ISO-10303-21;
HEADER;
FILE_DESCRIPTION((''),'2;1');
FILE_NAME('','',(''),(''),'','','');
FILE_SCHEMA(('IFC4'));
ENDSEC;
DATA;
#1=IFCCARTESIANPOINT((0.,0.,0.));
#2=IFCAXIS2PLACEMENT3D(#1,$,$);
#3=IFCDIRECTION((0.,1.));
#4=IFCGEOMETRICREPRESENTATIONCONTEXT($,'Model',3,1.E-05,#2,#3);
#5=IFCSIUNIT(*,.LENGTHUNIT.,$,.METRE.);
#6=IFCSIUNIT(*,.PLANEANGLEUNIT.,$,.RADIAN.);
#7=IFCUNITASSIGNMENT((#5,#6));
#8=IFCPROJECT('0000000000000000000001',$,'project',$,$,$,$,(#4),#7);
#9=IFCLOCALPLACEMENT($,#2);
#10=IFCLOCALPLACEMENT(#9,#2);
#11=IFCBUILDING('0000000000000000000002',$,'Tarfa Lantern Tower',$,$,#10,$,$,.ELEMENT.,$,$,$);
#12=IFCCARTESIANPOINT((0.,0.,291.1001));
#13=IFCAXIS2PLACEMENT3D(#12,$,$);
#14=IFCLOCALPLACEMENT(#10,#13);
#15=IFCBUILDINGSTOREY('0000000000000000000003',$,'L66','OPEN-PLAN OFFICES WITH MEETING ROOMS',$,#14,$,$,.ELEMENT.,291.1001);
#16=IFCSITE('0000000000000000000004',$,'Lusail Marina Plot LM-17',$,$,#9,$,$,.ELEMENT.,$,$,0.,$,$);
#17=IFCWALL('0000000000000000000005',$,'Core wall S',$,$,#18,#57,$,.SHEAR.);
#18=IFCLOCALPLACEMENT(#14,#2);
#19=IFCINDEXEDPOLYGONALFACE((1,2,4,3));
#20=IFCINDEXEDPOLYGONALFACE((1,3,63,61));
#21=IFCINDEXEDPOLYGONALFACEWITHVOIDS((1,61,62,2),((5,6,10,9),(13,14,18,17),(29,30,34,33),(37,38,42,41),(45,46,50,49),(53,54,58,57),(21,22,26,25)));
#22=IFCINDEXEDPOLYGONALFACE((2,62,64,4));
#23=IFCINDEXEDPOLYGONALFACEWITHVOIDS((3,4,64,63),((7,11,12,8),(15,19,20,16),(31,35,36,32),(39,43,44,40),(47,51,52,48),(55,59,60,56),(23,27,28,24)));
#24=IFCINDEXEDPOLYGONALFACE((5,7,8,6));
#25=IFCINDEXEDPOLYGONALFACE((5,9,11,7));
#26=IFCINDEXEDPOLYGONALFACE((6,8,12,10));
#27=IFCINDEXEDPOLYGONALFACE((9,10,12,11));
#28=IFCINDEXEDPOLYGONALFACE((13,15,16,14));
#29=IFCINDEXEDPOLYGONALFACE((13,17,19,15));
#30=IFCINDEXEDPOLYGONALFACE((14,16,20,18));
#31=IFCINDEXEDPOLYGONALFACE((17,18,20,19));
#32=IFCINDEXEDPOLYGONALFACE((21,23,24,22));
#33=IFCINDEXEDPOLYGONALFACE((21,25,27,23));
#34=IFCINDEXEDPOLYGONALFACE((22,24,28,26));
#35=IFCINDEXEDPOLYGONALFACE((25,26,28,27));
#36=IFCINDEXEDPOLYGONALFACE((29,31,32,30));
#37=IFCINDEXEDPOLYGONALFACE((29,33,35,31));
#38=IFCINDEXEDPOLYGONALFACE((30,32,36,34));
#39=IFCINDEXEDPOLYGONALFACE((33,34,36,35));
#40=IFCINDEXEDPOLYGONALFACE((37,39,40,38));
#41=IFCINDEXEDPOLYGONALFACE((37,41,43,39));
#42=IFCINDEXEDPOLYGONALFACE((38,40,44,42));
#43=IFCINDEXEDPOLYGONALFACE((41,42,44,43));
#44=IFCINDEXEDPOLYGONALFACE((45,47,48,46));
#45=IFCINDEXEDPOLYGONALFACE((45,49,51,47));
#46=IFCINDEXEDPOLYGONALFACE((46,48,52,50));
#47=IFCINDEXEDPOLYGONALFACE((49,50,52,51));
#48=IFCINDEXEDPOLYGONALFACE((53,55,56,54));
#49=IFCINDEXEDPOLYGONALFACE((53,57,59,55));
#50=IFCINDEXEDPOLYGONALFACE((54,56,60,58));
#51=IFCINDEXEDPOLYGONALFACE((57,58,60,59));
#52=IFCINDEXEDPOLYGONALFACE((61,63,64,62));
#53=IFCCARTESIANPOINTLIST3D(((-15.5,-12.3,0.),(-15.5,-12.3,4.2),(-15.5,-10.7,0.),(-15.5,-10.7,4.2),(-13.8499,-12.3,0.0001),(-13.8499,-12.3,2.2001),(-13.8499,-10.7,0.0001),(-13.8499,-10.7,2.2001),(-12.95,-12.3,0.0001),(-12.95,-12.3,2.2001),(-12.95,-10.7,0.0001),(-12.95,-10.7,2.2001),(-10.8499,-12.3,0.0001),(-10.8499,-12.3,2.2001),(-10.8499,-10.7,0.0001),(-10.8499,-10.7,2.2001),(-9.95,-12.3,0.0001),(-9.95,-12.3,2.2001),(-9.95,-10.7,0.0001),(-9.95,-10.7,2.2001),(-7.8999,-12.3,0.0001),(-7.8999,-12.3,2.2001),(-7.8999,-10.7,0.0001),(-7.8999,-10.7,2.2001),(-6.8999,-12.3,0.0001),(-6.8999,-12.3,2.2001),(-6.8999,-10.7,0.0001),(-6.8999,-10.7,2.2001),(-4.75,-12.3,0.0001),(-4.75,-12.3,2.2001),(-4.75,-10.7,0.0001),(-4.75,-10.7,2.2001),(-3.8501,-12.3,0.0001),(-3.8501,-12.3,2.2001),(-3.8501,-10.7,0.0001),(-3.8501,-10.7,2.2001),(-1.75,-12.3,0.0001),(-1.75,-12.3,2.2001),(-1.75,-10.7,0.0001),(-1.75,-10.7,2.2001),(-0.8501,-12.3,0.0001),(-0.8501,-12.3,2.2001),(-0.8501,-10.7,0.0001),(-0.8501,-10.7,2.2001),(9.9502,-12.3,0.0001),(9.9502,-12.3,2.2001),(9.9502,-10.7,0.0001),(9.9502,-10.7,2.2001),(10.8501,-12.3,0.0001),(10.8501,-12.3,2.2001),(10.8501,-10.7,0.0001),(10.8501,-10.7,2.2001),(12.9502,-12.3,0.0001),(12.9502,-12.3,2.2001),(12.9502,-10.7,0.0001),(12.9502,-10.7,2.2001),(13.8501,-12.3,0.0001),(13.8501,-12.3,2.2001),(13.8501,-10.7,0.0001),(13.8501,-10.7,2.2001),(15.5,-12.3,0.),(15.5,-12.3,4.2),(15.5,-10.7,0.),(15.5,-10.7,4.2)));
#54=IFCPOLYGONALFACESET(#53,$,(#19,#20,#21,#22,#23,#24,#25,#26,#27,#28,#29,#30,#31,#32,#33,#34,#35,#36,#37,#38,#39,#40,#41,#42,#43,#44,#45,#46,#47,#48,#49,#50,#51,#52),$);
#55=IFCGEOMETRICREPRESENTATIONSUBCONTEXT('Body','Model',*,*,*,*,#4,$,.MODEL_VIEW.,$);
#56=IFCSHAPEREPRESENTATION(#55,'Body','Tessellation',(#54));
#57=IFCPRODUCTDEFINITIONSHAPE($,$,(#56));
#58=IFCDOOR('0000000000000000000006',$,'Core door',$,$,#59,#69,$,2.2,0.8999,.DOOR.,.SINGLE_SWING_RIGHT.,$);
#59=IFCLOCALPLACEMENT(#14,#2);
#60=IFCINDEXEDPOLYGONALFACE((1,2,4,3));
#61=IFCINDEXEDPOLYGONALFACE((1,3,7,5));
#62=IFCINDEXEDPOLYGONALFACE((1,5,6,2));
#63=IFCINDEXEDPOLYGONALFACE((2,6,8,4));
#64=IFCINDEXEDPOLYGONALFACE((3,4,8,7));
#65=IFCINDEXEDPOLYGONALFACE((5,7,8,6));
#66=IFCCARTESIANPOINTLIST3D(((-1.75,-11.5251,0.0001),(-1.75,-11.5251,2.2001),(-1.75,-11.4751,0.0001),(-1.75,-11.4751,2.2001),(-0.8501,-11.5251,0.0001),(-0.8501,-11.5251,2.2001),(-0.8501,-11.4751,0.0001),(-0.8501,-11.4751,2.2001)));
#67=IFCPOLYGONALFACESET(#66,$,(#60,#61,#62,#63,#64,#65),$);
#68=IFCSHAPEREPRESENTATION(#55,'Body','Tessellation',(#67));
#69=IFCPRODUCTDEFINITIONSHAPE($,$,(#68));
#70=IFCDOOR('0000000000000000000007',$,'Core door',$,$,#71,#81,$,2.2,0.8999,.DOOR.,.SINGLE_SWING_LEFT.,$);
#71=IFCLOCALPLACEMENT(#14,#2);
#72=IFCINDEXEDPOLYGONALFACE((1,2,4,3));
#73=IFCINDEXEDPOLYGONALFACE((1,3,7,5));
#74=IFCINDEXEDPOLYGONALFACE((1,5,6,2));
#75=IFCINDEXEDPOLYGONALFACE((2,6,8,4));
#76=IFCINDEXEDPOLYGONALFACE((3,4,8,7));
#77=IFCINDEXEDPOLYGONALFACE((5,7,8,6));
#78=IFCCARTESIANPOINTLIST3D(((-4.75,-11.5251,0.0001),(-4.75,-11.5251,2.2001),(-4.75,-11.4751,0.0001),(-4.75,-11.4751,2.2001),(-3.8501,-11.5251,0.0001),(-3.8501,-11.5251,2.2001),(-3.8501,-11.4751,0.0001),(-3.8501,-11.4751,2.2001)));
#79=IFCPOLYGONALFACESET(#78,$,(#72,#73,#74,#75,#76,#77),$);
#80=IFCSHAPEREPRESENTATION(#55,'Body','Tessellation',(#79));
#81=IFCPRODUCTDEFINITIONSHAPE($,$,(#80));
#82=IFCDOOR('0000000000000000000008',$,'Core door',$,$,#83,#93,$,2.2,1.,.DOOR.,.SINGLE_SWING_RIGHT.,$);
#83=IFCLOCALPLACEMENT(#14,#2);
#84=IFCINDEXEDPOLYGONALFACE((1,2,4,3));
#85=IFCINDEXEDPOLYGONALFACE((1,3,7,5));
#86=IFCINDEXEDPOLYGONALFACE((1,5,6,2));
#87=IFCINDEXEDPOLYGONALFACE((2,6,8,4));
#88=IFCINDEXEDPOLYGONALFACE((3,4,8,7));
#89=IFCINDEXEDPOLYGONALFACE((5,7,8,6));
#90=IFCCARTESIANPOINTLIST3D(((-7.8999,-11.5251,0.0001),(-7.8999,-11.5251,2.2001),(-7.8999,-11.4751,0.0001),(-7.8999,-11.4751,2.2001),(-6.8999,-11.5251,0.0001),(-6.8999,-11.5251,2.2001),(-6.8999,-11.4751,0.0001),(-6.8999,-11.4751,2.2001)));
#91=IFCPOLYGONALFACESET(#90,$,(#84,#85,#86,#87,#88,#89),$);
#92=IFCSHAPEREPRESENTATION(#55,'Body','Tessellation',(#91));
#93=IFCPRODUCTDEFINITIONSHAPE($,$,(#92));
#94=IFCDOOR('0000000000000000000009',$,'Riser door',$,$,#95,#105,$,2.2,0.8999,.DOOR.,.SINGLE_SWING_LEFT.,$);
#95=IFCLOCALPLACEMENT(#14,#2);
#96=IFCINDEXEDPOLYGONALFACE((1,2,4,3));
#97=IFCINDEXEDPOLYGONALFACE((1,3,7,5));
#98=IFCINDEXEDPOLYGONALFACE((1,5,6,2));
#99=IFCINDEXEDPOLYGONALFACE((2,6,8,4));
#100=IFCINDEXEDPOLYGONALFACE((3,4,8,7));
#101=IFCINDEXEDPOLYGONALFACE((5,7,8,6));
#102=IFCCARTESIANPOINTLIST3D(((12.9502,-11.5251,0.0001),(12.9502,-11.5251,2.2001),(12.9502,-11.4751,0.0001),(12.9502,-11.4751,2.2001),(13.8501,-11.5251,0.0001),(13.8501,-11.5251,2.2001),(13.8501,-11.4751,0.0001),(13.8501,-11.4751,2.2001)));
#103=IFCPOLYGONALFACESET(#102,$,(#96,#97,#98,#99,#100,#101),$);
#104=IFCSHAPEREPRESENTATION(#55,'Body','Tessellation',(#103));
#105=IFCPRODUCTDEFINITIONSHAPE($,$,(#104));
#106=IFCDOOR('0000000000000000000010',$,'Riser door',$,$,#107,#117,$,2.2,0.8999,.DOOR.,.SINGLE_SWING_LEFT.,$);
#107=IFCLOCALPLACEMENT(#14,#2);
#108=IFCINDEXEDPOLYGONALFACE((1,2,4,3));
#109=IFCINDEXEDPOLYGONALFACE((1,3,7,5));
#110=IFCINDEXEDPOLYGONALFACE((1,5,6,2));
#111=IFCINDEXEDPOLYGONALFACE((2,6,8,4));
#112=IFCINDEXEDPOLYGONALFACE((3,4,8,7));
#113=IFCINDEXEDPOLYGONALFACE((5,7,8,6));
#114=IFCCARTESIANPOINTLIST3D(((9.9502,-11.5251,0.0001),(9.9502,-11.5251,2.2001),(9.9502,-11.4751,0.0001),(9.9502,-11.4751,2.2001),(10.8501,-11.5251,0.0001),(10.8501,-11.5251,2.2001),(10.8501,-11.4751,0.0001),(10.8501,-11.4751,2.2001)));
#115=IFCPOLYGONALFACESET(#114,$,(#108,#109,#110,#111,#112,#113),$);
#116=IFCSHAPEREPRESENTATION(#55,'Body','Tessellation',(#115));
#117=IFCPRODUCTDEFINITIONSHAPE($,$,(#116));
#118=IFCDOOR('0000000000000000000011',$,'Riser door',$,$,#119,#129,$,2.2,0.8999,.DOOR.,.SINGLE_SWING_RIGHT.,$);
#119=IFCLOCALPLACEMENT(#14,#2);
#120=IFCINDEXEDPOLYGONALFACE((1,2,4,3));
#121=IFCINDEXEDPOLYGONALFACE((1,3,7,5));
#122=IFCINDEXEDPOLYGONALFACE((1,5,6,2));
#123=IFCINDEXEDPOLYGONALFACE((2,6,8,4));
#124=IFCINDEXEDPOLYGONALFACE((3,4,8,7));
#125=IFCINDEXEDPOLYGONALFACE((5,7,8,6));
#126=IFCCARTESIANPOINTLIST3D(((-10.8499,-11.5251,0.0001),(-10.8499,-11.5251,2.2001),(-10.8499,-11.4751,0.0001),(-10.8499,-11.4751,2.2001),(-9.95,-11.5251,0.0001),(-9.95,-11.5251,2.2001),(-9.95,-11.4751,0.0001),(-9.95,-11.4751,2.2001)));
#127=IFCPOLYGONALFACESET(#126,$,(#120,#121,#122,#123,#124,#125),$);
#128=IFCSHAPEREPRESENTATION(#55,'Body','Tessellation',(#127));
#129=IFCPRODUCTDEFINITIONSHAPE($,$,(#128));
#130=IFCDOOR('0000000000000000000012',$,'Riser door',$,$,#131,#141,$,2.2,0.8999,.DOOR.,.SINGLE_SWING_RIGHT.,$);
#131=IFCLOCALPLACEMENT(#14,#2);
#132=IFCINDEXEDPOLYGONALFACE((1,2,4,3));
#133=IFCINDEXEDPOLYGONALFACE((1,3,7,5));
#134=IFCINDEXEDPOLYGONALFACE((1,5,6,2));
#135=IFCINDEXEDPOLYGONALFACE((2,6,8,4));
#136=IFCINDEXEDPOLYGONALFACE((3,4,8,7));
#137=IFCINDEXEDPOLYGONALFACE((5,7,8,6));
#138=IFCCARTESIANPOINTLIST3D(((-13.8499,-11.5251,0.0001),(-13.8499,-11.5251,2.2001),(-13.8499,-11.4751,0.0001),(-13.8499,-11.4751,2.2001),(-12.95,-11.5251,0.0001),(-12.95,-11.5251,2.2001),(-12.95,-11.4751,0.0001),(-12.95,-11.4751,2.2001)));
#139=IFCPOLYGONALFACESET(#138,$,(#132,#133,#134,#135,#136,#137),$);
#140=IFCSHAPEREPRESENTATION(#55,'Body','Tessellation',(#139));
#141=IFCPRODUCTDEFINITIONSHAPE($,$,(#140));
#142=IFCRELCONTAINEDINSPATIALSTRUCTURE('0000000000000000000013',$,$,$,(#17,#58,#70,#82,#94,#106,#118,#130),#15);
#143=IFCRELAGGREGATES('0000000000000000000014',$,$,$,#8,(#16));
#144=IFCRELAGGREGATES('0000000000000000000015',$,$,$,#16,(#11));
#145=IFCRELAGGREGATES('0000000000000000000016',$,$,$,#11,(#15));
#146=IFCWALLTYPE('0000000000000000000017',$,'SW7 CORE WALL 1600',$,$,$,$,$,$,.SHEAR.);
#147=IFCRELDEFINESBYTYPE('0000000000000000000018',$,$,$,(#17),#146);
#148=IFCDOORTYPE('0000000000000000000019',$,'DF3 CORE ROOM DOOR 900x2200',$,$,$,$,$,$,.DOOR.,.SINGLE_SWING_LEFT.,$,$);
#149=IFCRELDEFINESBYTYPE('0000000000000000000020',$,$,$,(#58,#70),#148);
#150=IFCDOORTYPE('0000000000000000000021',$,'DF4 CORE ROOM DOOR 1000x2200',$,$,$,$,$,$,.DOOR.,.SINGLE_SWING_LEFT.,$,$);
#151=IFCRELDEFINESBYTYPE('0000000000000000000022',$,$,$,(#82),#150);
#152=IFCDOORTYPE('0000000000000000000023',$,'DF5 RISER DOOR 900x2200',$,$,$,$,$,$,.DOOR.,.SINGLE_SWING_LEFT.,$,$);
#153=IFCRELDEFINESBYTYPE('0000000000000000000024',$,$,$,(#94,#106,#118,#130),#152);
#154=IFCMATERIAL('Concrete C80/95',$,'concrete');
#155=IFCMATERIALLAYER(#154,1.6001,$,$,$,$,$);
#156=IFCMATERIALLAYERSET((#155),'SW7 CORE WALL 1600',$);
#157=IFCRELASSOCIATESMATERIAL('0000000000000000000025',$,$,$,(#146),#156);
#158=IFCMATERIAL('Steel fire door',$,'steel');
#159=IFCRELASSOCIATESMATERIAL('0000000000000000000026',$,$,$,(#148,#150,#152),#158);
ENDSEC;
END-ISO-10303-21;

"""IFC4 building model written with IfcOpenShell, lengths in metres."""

from ifc_helpers import new_model, si_unit, direction, frame, frame_2d, origin, place, context, subcontext, project, spatial, rectangle, extrude, material, layer, layer_set, type_object, element, fill, save


model = new_model("IFC4")

# Units and contexts
model_context = context("Model", 3, precision=1e-05, world=origin(), true_north=direction((0.0, 1.0)))
body_context = subcontext(model_context, "Body", "Model", "MODEL_VIEW")
ifc_project = project(units=[si_unit("LENGTHUNIT", "METRE"), si_unit("PLANEANGLEUNIT", "RADIAN")], contexts=[model_context])

# Site, building, storey
site_placement = place(None, origin())
site = spatial("IfcSite", under=ifc_project, at=site_placement, Name="Lusail Marina Plot LM-17", CompositionType="ELEMENT", RefElevation=0.0)
building_placement = place(site_placement, origin())
building = spatial("IfcBuilding", under=site, at=building_placement, Name="Tarfa Lantern Tower", CompositionType="ELEMENT")
storey_placement = place(building_placement, frame((0.0, 0.0, 291.1001)))
storey = spatial("IfcBuildingStorey", under=building, at=storey_placement, Name="L66", Description="OPEN-PLAN OFFICES WITH MEETING ROOMS", CompositionType="ELEMENT", Elevation=291.1001)

# Shared definitions
ifc_material_1 = material(Name="Concrete C80/95", Category="concrete")

# Shared definitions
ifc_material_2 = material(Name="Steel fire door", Category="steel")

# Wall, openings, doors
ifc_layer_1 = layer(ifc_material_1, 1.6001)
ifc_layer_set_1 = layer_set([ifc_layer_1], Name="SW7 CORE WALL 1600")
wall_type_1 = type_object("IfcWallType", Name="SW7 CORE WALL 1600", PredefinedType="SHEAR", material=ifc_layer_set_1)
wall_1_placement = place(storey_placement, frame((15.5, -11.5, 0.0), z_axis=(0.0, 0.0, 1.0), x_axis=(-1.0, 0.0, 0.0)))
wall_1 = element("IfcWall", 1, at=wall_1_placement, inside=storey, type_object=wall_type_1, Name="Core wall S", PredefinedType="SHEAR", context=body_context, shape_type="SweptSolid", body=[
    extrude(rectangle(XDim=31.0, YDim=1.6001, at=frame_2d((15.5, 0.0))), origin(), (0.0, 0.0, 1.0), 4.2),
])
opening_1_placement = place(wall_1_placement, frame((16.3501, 0.0, 0.0)))
opening_1 = element("IfcOpeningElement", 2, at=opening_1_placement, cuts=wall_1, PredefinedType="OPENING", context=body_context, shape_type="SweptSolid", body=[
    extrude(rectangle(XDim=0.8999, YDim=2.2, at=frame_2d((0.45, 1.1001))), frame((0.0, 0.8101, 0.0), z_axis=(0.0, -1.0, 0.0), x_axis=(1.0, 0.0, 0.0)), (0.0, 0.0, 1.0), 1.6201),
])
opening_2_placement = place(wall_1_placement, frame((19.3501, 0.0, 0.0)))
opening_2 = element("IfcOpeningElement", 3, at=opening_2_placement, cuts=wall_1, PredefinedType="OPENING", context=body_context, shape_type="SweptSolid", body=[
    extrude(rectangle(XDim=0.8999, YDim=2.2, at=frame_2d((0.45, 1.1001))), frame((0.0, 0.8101, 0.0), z_axis=(0.0, -1.0, 0.0), x_axis=(1.0, 0.0, 0.0)), (0.0, 0.0, 1.0), 1.6201),
])
opening_3_placement = place(wall_1_placement, frame((22.3999, 0.0, 0.0)))
opening_3 = element("IfcOpeningElement", 4, at=opening_3_placement, cuts=wall_1, PredefinedType="OPENING", context=body_context, shape_type="SweptSolid", body=[
    extrude(rectangle(XDim=1.0, YDim=2.2, at=frame_2d((0.5, 1.1001))), frame((0.0, 0.8101, 0.0), z_axis=(0.0, -1.0, 0.0), x_axis=(1.0, 0.0, 0.0)), (0.0, 0.0, 1.0), 1.6201),
])
opening_4_placement = place(wall_1_placement, frame((1.6499, 0.0, 0.0)))
opening_4 = element("IfcOpeningElement", 5, at=opening_4_placement, cuts=wall_1, PredefinedType="OPENING", context=body_context, shape_type="SweptSolid", body=[
    extrude(rectangle(XDim=0.8999, YDim=2.2, at=frame_2d((0.45, 1.1001))), frame((0.0, 0.8101, 0.0), z_axis=(0.0, -1.0, 0.0), x_axis=(1.0, 0.0, 0.0)), (0.0, 0.0, 1.0), 1.6201),
])
opening_5_placement = place(wall_1_placement, frame((4.6499, 0.0, 0.0)))
opening_5 = element("IfcOpeningElement", 6, at=opening_5_placement, cuts=wall_1, PredefinedType="OPENING", context=body_context, shape_type="SweptSolid", body=[
    extrude(rectangle(XDim=0.8999, YDim=2.2, at=frame_2d((0.45, 1.1001))), frame((0.0, 0.8101, 0.0), z_axis=(0.0, -1.0, 0.0), x_axis=(1.0, 0.0, 0.0)), (0.0, 0.0, 1.0), 1.6201),
])
opening_6_placement = place(wall_1_placement, frame((25.45, 0.0, 0.0)))
opening_6 = element("IfcOpeningElement", 7, at=opening_6_placement, cuts=wall_1, PredefinedType="OPENING", context=body_context, shape_type="SweptSolid", body=[
    extrude(rectangle(XDim=0.8999, YDim=2.2, at=frame_2d((0.45, 1.1001))), frame((0.0, 0.8101, 0.0), z_axis=(0.0, -1.0, 0.0), x_axis=(1.0, 0.0, 0.0)), (0.0, 0.0, 1.0), 1.6201),
])
opening_7_placement = place(wall_1_placement, frame((28.45, 0.0, 0.0)))
opening_7 = element("IfcOpeningElement", 8, at=opening_7_placement, cuts=wall_1, PredefinedType="OPENING", context=body_context, shape_type="SweptSolid", body=[
    extrude(rectangle(XDim=0.8999, YDim=2.2, at=frame_2d((0.45, 1.1001))), frame((0.0, 0.8101, 0.0), z_axis=(0.0, -1.0, 0.0), x_axis=(1.0, 0.0, 0.0)), (0.0, 0.0, 1.0), 1.6201),
])
door_type_1 = type_object("IfcDoorType", Name="DF3 CORE ROOM DOOR 900x2200", OperationType="SINGLE_SWING_LEFT", PredefinedType="DOOR", material=ifc_material_2)
door_1_placement = place(opening_1_placement, frame((0.8999, 0.0, 0.0), z_axis=(0.0, 0.0, 1.0), x_axis=(-1.0, 0.0, 0.0)))
door_1 = element("IfcDoor", 9, at=door_1_placement, inside=storey, type_object=door_type_1, Name="Core door", OperationType="SINGLE_SWING_RIGHT", OverallHeight=2.2, OverallWidth=0.8999, PredefinedType="DOOR", context=body_context, shape_type="SweptSolid", body=[
    extrude(rectangle(XDim=0.8999, YDim=2.2, at=frame_2d((0.45, 1.1001))), frame((0.0, 0.0249, 0.0), z_axis=(0.0, -1.0, 0.0), x_axis=(1.0, 0.0, 0.0)), (0.0, 0.0, 1.0), 0.05),
])
fill(opening_1, door_1)
door_2_placement = place(opening_2_placement, frame((0.8999, 0.0, 0.0), z_axis=(0.0, 0.0, 1.0), x_axis=(-1.0, 0.0, 0.0)))
door_2 = element("IfcDoor", 10, at=door_2_placement, inside=storey, type_object=door_type_1, Name="Core door", OperationType="SINGLE_SWING_LEFT", OverallHeight=2.2, OverallWidth=0.8999, PredefinedType="DOOR", context=body_context, shape_type="SweptSolid", body=[
    extrude(rectangle(XDim=0.8999, YDim=2.2, at=frame_2d((0.45, 1.1001))), frame((0.0, 0.0249, 0.0), z_axis=(0.0, -1.0, 0.0), x_axis=(1.0, 0.0, 0.0)), (0.0, 0.0, 1.0), 0.05),
])
fill(opening_2, door_2)
door_type_2 = type_object("IfcDoorType", Name="DF4 CORE ROOM DOOR 1000x2200", OperationType="SINGLE_SWING_LEFT", PredefinedType="DOOR", material=ifc_material_2)
door_3_placement = place(opening_3_placement, frame((1.0, 0.0, 0.0), z_axis=(0.0, 0.0, 1.0), x_axis=(-1.0, 0.0, 0.0)))
door_3 = element("IfcDoor", 11, at=door_3_placement, inside=storey, type_object=door_type_2, Name="Core door", OperationType="SINGLE_SWING_RIGHT", OverallHeight=2.2, OverallWidth=1.0, PredefinedType="DOOR", context=body_context, shape_type="SweptSolid", body=[
    extrude(rectangle(XDim=1.0, YDim=2.2, at=frame_2d((0.5, 1.1001))), frame((0.0, 0.0249, 0.0), z_axis=(0.0, -1.0, 0.0), x_axis=(1.0, 0.0, 0.0)), (0.0, 0.0, 1.0), 0.05),
])
fill(opening_3, door_3)
door_type_3 = type_object("IfcDoorType", Name="DF5 RISER DOOR 900x2200", OperationType="SINGLE_SWING_LEFT", PredefinedType="DOOR", material=ifc_material_2)
door_4_placement = place(opening_4_placement, frame((0.8999, 0.0, 0.0), z_axis=(0.0, 0.0, 1.0), x_axis=(-1.0, 0.0, 0.0)))
door_4 = element("IfcDoor", 12, at=door_4_placement, inside=storey, type_object=door_type_3, Name="Riser door", OperationType="SINGLE_SWING_LEFT", OverallHeight=2.2, OverallWidth=0.8999, PredefinedType="DOOR", context=body_context, shape_type="SweptSolid", body=[
    extrude(rectangle(XDim=0.8999, YDim=2.2, at=frame_2d((0.45, 1.1001))), frame((0.0, 0.0249, 0.0), z_axis=(0.0, -1.0, 0.0), x_axis=(1.0, 0.0, 0.0)), (0.0, 0.0, 1.0), 0.05),
])
fill(opening_4, door_4)
door_5_placement = place(opening_5_placement, frame((0.8999, 0.0, 0.0), z_axis=(0.0, 0.0, 1.0), x_axis=(-1.0, 0.0, 0.0)))
door_5 = element("IfcDoor", 13, at=door_5_placement, inside=storey, type_object=door_type_3, Name="Riser door", OperationType="SINGLE_SWING_LEFT", OverallHeight=2.2, OverallWidth=0.8999, PredefinedType="DOOR", context=body_context, shape_type="SweptSolid", body=[
    extrude(rectangle(XDim=0.8999, YDim=2.2, at=frame_2d((0.45, 1.1001))), frame((0.0, 0.0249, 0.0), z_axis=(0.0, -1.0, 0.0), x_axis=(1.0, 0.0, 0.0)), (0.0, 0.0, 1.0), 0.05),
])
fill(opening_5, door_5)
door_6_placement = place(opening_6_placement, frame((0.8999, 0.0, 0.0), z_axis=(0.0, 0.0, 1.0), x_axis=(-1.0, 0.0, 0.0)))
door_6 = element("IfcDoor", 14, at=door_6_placement, inside=storey, type_object=door_type_3, Name="Riser door", OperationType="SINGLE_SWING_RIGHT", OverallHeight=2.2, OverallWidth=0.8999, PredefinedType="DOOR", context=body_context, shape_type="SweptSolid", body=[
    extrude(rectangle(XDim=0.8999, YDim=2.2, at=frame_2d((0.45, 1.1001))), frame((0.0, 0.0249, 0.0), z_axis=(0.0, -1.0, 0.0), x_axis=(1.0, 0.0, 0.0)), (0.0, 0.0, 1.0), 0.05),
])
fill(opening_6, door_6)
door_7_placement = place(opening_7_placement, frame((0.8999, 0.0, 0.0), z_axis=(0.0, 0.0, 1.0), x_axis=(-1.0, 0.0, 0.0)))
door_7 = element("IfcDoor", 15, at=door_7_placement, inside=storey, type_object=door_type_3, Name="Riser door", OperationType="SINGLE_SWING_RIGHT", OverallHeight=2.2, OverallWidth=0.8999, PredefinedType="DOOR", context=body_context, shape_type="SweptSolid", body=[
    extrude(rectangle(XDim=0.8999, YDim=2.2, at=frame_2d((0.45, 1.1001))), frame((0.0, 0.0249, 0.0), z_axis=(0.0, -1.0, 0.0), x_axis=(1.0, 0.0, 0.0)), (0.0, 0.0, 1.0), 0.05),
])
fill(opening_7, door_7)

save(model, "model.ifc")
